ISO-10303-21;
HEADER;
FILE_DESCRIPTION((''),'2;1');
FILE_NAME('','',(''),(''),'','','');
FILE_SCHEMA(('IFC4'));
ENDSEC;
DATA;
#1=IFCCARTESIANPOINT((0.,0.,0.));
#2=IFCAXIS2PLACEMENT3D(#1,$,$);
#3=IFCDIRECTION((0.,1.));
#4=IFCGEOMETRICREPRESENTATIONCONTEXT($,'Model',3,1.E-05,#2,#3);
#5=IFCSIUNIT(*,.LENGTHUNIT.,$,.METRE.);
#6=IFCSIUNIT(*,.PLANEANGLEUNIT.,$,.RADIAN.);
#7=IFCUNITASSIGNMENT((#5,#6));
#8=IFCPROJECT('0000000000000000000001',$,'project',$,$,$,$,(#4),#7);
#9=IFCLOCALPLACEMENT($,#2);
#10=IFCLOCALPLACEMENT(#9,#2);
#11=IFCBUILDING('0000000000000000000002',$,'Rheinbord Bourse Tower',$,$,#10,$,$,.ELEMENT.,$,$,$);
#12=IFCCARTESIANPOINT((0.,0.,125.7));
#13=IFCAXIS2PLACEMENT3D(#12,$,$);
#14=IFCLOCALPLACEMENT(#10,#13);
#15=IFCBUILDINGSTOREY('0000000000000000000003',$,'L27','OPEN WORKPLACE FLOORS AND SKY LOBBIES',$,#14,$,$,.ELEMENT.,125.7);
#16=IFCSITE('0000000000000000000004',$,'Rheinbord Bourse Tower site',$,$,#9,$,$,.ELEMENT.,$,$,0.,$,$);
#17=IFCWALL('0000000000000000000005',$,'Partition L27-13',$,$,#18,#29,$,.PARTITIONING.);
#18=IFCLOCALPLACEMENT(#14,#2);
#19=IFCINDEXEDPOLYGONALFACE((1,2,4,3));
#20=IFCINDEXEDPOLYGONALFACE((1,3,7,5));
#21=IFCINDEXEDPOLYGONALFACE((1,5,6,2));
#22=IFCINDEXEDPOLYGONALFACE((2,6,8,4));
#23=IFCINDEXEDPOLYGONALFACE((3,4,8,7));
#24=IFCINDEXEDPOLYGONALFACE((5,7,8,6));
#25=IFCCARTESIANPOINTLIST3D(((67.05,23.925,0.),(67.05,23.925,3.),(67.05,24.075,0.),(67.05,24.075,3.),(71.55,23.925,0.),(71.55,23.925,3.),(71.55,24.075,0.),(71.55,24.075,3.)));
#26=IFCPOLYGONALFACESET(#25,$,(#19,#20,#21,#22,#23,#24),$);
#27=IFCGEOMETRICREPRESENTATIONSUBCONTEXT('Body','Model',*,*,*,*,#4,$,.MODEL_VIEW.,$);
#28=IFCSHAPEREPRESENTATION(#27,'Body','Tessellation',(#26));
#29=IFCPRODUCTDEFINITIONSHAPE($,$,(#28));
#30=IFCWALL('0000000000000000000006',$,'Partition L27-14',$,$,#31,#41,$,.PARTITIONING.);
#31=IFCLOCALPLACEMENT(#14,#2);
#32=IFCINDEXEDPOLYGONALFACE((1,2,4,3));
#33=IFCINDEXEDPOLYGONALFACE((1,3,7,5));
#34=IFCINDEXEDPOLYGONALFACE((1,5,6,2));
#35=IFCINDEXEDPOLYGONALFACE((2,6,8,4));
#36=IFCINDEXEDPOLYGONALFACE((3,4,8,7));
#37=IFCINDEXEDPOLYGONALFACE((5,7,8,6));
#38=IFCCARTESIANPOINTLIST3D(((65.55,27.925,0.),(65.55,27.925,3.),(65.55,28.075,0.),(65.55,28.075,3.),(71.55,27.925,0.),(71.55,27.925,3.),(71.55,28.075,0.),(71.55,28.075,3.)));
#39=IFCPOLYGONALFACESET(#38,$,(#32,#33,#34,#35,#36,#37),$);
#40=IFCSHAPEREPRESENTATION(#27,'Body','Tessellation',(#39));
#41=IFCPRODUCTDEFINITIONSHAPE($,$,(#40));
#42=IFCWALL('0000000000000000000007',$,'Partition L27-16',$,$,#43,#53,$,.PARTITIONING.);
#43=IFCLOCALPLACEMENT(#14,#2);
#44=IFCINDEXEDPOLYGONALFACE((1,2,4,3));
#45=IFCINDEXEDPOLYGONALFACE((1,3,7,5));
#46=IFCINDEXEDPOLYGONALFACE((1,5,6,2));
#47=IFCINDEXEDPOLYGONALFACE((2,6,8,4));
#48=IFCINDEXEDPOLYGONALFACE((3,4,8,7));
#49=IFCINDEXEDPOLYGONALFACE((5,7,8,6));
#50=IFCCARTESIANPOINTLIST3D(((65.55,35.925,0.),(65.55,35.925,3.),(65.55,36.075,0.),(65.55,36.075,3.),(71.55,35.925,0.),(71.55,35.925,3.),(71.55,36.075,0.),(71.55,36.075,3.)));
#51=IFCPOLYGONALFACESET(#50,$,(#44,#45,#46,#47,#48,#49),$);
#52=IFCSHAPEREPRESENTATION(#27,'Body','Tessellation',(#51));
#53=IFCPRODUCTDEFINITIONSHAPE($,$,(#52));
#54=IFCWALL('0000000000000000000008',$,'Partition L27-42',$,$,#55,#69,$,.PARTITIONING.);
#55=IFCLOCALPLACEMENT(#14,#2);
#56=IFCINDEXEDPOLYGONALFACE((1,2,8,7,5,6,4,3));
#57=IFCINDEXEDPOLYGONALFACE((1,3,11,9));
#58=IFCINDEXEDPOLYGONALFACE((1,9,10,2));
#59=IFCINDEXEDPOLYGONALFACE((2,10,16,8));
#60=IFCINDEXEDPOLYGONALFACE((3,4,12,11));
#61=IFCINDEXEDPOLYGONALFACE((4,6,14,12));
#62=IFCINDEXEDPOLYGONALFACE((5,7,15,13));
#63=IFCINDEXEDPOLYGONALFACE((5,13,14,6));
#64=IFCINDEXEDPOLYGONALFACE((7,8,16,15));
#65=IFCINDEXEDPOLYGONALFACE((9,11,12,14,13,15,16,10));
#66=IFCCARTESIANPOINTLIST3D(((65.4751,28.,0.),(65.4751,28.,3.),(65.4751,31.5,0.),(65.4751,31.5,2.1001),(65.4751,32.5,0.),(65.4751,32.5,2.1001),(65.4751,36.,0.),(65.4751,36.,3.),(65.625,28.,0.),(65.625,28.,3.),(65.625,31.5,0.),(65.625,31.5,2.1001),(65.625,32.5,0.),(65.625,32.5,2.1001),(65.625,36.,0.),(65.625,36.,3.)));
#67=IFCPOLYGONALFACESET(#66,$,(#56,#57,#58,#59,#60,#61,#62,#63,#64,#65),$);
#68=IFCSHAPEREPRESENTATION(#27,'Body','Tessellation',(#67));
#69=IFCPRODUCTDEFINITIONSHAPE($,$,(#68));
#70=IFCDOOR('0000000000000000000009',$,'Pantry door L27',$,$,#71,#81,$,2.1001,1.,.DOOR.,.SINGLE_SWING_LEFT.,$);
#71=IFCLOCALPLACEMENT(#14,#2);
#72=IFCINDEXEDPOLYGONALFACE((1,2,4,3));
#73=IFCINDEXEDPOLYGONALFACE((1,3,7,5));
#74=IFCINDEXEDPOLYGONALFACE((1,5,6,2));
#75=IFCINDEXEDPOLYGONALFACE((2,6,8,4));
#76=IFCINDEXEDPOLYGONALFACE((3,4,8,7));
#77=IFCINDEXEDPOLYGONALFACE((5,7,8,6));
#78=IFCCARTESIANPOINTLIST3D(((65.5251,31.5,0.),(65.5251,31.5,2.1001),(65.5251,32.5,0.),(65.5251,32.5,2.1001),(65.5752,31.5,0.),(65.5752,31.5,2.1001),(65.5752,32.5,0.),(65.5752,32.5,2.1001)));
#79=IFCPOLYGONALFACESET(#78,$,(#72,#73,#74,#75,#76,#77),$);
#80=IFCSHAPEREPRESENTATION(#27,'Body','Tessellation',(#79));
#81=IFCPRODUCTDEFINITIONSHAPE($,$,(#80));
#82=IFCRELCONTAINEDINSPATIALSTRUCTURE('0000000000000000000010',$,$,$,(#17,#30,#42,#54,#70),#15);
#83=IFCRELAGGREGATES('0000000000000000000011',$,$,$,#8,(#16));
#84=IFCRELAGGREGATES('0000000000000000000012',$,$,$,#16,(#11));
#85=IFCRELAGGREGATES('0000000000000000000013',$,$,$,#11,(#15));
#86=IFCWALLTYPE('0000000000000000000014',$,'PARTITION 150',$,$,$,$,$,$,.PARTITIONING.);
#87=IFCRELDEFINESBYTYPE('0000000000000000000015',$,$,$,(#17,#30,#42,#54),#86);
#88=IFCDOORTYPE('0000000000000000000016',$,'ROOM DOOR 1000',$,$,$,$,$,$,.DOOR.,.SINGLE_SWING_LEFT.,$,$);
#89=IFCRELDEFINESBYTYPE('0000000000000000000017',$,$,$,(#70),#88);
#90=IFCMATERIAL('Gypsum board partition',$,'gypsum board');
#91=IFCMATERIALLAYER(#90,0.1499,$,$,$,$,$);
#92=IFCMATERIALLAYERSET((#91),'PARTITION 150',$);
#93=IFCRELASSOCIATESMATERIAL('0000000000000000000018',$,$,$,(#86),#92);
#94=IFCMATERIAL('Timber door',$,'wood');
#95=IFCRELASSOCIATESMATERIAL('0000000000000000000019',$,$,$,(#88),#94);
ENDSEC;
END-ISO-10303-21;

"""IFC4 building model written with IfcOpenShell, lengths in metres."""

from ifc_helpers import new_model, si_unit, direction, frame, frame_2d, origin, place, context, subcontext, project, spatial, rectangle, extrude, material, layer, layer_set, type_object, element, fill, save


model = new_model("IFC4")

# Units and contexts
model_context = context("Model", 3, precision=1e-05, world=origin(), true_north=direction((0.0, 1.0)))
body_context = subcontext(model_context, "Body", "Model", "MODEL_VIEW")
ifc_project = project(units=[si_unit("LENGTHUNIT", "METRE"), si_unit("PLANEANGLEUNIT", "RADIAN")], contexts=[model_context])

# Site, building, storey
site_placement = place(None, origin())
site = spatial("IfcSite", under=ifc_project, at=site_placement, Name="Rheinbord Bourse Tower site", CompositionType="ELEMENT", RefElevation=0.0)
building_placement = place(site_placement, origin())
building = spatial("IfcBuilding", under=site, at=building_placement, Name="Rheinbord Bourse Tower", CompositionType="ELEMENT")
storey_placement = place(building_placement, frame((0.0, 0.0, 125.7)))
storey = spatial("IfcBuildingStorey", under=building, at=storey_placement, Name="L27", Description="OPEN WORKPLACE FLOORS AND SKY LOBBIES", CompositionType="ELEMENT", Elevation=125.7)

# Walls
ifc_material_1 = material(Name="Gypsum board partition", Category="gypsum board")
ifc_layer_1 = layer(ifc_material_1, 0.1499)
ifc_layer_set_1 = layer_set([ifc_layer_1], Name="PARTITION 150")
wall_type_1 = type_object("IfcWallType", Name="PARTITION 150", PredefinedType="PARTITIONING", material=ifc_layer_set_1)
wall_1_placement = place(storey_placement, frame((67.05, 24.0, 0.0), z_axis=(0.0, 0.0, 1.0), x_axis=(1.0, 0.0, 0.0)))
element("IfcWall", 1, at=wall_1_placement, inside=storey, type_object=wall_type_1, Name="Partition L27-13", PredefinedType="PARTITIONING", context=body_context, shape_type="SweptSolid", body=[
    extrude(rectangle(XDim=4.5, YDim=0.1499, at=frame_2d((2.25, 0.0))), origin(), (0.0, 0.0, 1.0), 3.0),
])
for number, where, z_axis, x_axis, name in (
    (2, (65.55, 28.0, 0.0), (0.0, 0.0, 1.0), (1.0, 0.0, 0.0), "Partition L27-14"),
    (3, (65.55, 36.0, 0.0), (0.0, 0.0, 1.0), (1.0, 0.0, 0.0), "Partition L27-16"),
):
    element("IfcWall", number, at=place(storey_placement, frame(where, z_axis=z_axis, x_axis=x_axis)), inside=storey, type_object=wall_type_1, Name=name, PredefinedType="PARTITIONING", context=body_context, shape_type="SweptSolid", body=[
        extrude(rectangle(XDim=6.0, YDim=0.1499, at=frame_2d((3.0, 0.0))), origin(), (0.0, 0.0, 1.0), 3.0),
    ])

# Wall, opening, door
wall_2_placement = place(storey_placement, frame((65.55, 28.0, 0.0), z_axis=(0.0, 0.0, 1.0), x_axis=(0.0, 1.0, 0.0)))
wall_2 = element("IfcWall", 4, at=wall_2_placement, inside=storey, type_object=wall_type_1, Name="Partition L27-42", PredefinedType="PARTITIONING", context=body_context, shape_type="SweptSolid", body=[
    extrude(rectangle(XDim=8.0, YDim=0.1499, at=frame_2d((4.0, 0.0))), origin(), (0.0, 0.0, 1.0), 3.0),
])
opening_placement = place(wall_2_placement, frame((3.5, 0.0, 0.0)))
opening = element("IfcOpeningElement", 5, at=opening_placement, cuts=wall_2, PredefinedType="OPENING", context=body_context, shape_type="SweptSolid", body=[
    extrude(rectangle(XDim=1.0, YDim=2.1001, at=frame_2d((0.5, 1.05))), frame((0.0, 0.085, 0.0), z_axis=(0.0, -1.0, 0.0), x_axis=(1.0, 0.0, 0.0)), (0.0, 0.0, 1.0), 0.1699),
])
ifc_material_2 = material(Name="Timber door", Category="wood")
door_type = type_object("IfcDoorType", Name="ROOM DOOR 1000", OperationType="SINGLE_SWING_LEFT", PredefinedType="DOOR", material=ifc_material_2)
door_placement = place(opening_placement, origin())
door = element("IfcDoor", 6, at=door_placement, inside=storey, type_object=door_type, Name="Pantry door L27", OperationType="SINGLE_SWING_LEFT", OverallHeight=2.1001, OverallWidth=1.0, PredefinedType="DOOR", context=body_context, shape_type="SweptSolid", body=[
    extrude(rectangle(XDim=1.0, YDim=2.1001, at=frame_2d((0.5, 1.05))), frame((0.0, 0.0249, 0.0), z_axis=(0.0, -1.0, 0.0), x_axis=(1.0, 0.0, 0.0)), (0.0, 0.0, 1.0), 0.05),
])
fill(opening, door)

save(model, "model.ifc")
